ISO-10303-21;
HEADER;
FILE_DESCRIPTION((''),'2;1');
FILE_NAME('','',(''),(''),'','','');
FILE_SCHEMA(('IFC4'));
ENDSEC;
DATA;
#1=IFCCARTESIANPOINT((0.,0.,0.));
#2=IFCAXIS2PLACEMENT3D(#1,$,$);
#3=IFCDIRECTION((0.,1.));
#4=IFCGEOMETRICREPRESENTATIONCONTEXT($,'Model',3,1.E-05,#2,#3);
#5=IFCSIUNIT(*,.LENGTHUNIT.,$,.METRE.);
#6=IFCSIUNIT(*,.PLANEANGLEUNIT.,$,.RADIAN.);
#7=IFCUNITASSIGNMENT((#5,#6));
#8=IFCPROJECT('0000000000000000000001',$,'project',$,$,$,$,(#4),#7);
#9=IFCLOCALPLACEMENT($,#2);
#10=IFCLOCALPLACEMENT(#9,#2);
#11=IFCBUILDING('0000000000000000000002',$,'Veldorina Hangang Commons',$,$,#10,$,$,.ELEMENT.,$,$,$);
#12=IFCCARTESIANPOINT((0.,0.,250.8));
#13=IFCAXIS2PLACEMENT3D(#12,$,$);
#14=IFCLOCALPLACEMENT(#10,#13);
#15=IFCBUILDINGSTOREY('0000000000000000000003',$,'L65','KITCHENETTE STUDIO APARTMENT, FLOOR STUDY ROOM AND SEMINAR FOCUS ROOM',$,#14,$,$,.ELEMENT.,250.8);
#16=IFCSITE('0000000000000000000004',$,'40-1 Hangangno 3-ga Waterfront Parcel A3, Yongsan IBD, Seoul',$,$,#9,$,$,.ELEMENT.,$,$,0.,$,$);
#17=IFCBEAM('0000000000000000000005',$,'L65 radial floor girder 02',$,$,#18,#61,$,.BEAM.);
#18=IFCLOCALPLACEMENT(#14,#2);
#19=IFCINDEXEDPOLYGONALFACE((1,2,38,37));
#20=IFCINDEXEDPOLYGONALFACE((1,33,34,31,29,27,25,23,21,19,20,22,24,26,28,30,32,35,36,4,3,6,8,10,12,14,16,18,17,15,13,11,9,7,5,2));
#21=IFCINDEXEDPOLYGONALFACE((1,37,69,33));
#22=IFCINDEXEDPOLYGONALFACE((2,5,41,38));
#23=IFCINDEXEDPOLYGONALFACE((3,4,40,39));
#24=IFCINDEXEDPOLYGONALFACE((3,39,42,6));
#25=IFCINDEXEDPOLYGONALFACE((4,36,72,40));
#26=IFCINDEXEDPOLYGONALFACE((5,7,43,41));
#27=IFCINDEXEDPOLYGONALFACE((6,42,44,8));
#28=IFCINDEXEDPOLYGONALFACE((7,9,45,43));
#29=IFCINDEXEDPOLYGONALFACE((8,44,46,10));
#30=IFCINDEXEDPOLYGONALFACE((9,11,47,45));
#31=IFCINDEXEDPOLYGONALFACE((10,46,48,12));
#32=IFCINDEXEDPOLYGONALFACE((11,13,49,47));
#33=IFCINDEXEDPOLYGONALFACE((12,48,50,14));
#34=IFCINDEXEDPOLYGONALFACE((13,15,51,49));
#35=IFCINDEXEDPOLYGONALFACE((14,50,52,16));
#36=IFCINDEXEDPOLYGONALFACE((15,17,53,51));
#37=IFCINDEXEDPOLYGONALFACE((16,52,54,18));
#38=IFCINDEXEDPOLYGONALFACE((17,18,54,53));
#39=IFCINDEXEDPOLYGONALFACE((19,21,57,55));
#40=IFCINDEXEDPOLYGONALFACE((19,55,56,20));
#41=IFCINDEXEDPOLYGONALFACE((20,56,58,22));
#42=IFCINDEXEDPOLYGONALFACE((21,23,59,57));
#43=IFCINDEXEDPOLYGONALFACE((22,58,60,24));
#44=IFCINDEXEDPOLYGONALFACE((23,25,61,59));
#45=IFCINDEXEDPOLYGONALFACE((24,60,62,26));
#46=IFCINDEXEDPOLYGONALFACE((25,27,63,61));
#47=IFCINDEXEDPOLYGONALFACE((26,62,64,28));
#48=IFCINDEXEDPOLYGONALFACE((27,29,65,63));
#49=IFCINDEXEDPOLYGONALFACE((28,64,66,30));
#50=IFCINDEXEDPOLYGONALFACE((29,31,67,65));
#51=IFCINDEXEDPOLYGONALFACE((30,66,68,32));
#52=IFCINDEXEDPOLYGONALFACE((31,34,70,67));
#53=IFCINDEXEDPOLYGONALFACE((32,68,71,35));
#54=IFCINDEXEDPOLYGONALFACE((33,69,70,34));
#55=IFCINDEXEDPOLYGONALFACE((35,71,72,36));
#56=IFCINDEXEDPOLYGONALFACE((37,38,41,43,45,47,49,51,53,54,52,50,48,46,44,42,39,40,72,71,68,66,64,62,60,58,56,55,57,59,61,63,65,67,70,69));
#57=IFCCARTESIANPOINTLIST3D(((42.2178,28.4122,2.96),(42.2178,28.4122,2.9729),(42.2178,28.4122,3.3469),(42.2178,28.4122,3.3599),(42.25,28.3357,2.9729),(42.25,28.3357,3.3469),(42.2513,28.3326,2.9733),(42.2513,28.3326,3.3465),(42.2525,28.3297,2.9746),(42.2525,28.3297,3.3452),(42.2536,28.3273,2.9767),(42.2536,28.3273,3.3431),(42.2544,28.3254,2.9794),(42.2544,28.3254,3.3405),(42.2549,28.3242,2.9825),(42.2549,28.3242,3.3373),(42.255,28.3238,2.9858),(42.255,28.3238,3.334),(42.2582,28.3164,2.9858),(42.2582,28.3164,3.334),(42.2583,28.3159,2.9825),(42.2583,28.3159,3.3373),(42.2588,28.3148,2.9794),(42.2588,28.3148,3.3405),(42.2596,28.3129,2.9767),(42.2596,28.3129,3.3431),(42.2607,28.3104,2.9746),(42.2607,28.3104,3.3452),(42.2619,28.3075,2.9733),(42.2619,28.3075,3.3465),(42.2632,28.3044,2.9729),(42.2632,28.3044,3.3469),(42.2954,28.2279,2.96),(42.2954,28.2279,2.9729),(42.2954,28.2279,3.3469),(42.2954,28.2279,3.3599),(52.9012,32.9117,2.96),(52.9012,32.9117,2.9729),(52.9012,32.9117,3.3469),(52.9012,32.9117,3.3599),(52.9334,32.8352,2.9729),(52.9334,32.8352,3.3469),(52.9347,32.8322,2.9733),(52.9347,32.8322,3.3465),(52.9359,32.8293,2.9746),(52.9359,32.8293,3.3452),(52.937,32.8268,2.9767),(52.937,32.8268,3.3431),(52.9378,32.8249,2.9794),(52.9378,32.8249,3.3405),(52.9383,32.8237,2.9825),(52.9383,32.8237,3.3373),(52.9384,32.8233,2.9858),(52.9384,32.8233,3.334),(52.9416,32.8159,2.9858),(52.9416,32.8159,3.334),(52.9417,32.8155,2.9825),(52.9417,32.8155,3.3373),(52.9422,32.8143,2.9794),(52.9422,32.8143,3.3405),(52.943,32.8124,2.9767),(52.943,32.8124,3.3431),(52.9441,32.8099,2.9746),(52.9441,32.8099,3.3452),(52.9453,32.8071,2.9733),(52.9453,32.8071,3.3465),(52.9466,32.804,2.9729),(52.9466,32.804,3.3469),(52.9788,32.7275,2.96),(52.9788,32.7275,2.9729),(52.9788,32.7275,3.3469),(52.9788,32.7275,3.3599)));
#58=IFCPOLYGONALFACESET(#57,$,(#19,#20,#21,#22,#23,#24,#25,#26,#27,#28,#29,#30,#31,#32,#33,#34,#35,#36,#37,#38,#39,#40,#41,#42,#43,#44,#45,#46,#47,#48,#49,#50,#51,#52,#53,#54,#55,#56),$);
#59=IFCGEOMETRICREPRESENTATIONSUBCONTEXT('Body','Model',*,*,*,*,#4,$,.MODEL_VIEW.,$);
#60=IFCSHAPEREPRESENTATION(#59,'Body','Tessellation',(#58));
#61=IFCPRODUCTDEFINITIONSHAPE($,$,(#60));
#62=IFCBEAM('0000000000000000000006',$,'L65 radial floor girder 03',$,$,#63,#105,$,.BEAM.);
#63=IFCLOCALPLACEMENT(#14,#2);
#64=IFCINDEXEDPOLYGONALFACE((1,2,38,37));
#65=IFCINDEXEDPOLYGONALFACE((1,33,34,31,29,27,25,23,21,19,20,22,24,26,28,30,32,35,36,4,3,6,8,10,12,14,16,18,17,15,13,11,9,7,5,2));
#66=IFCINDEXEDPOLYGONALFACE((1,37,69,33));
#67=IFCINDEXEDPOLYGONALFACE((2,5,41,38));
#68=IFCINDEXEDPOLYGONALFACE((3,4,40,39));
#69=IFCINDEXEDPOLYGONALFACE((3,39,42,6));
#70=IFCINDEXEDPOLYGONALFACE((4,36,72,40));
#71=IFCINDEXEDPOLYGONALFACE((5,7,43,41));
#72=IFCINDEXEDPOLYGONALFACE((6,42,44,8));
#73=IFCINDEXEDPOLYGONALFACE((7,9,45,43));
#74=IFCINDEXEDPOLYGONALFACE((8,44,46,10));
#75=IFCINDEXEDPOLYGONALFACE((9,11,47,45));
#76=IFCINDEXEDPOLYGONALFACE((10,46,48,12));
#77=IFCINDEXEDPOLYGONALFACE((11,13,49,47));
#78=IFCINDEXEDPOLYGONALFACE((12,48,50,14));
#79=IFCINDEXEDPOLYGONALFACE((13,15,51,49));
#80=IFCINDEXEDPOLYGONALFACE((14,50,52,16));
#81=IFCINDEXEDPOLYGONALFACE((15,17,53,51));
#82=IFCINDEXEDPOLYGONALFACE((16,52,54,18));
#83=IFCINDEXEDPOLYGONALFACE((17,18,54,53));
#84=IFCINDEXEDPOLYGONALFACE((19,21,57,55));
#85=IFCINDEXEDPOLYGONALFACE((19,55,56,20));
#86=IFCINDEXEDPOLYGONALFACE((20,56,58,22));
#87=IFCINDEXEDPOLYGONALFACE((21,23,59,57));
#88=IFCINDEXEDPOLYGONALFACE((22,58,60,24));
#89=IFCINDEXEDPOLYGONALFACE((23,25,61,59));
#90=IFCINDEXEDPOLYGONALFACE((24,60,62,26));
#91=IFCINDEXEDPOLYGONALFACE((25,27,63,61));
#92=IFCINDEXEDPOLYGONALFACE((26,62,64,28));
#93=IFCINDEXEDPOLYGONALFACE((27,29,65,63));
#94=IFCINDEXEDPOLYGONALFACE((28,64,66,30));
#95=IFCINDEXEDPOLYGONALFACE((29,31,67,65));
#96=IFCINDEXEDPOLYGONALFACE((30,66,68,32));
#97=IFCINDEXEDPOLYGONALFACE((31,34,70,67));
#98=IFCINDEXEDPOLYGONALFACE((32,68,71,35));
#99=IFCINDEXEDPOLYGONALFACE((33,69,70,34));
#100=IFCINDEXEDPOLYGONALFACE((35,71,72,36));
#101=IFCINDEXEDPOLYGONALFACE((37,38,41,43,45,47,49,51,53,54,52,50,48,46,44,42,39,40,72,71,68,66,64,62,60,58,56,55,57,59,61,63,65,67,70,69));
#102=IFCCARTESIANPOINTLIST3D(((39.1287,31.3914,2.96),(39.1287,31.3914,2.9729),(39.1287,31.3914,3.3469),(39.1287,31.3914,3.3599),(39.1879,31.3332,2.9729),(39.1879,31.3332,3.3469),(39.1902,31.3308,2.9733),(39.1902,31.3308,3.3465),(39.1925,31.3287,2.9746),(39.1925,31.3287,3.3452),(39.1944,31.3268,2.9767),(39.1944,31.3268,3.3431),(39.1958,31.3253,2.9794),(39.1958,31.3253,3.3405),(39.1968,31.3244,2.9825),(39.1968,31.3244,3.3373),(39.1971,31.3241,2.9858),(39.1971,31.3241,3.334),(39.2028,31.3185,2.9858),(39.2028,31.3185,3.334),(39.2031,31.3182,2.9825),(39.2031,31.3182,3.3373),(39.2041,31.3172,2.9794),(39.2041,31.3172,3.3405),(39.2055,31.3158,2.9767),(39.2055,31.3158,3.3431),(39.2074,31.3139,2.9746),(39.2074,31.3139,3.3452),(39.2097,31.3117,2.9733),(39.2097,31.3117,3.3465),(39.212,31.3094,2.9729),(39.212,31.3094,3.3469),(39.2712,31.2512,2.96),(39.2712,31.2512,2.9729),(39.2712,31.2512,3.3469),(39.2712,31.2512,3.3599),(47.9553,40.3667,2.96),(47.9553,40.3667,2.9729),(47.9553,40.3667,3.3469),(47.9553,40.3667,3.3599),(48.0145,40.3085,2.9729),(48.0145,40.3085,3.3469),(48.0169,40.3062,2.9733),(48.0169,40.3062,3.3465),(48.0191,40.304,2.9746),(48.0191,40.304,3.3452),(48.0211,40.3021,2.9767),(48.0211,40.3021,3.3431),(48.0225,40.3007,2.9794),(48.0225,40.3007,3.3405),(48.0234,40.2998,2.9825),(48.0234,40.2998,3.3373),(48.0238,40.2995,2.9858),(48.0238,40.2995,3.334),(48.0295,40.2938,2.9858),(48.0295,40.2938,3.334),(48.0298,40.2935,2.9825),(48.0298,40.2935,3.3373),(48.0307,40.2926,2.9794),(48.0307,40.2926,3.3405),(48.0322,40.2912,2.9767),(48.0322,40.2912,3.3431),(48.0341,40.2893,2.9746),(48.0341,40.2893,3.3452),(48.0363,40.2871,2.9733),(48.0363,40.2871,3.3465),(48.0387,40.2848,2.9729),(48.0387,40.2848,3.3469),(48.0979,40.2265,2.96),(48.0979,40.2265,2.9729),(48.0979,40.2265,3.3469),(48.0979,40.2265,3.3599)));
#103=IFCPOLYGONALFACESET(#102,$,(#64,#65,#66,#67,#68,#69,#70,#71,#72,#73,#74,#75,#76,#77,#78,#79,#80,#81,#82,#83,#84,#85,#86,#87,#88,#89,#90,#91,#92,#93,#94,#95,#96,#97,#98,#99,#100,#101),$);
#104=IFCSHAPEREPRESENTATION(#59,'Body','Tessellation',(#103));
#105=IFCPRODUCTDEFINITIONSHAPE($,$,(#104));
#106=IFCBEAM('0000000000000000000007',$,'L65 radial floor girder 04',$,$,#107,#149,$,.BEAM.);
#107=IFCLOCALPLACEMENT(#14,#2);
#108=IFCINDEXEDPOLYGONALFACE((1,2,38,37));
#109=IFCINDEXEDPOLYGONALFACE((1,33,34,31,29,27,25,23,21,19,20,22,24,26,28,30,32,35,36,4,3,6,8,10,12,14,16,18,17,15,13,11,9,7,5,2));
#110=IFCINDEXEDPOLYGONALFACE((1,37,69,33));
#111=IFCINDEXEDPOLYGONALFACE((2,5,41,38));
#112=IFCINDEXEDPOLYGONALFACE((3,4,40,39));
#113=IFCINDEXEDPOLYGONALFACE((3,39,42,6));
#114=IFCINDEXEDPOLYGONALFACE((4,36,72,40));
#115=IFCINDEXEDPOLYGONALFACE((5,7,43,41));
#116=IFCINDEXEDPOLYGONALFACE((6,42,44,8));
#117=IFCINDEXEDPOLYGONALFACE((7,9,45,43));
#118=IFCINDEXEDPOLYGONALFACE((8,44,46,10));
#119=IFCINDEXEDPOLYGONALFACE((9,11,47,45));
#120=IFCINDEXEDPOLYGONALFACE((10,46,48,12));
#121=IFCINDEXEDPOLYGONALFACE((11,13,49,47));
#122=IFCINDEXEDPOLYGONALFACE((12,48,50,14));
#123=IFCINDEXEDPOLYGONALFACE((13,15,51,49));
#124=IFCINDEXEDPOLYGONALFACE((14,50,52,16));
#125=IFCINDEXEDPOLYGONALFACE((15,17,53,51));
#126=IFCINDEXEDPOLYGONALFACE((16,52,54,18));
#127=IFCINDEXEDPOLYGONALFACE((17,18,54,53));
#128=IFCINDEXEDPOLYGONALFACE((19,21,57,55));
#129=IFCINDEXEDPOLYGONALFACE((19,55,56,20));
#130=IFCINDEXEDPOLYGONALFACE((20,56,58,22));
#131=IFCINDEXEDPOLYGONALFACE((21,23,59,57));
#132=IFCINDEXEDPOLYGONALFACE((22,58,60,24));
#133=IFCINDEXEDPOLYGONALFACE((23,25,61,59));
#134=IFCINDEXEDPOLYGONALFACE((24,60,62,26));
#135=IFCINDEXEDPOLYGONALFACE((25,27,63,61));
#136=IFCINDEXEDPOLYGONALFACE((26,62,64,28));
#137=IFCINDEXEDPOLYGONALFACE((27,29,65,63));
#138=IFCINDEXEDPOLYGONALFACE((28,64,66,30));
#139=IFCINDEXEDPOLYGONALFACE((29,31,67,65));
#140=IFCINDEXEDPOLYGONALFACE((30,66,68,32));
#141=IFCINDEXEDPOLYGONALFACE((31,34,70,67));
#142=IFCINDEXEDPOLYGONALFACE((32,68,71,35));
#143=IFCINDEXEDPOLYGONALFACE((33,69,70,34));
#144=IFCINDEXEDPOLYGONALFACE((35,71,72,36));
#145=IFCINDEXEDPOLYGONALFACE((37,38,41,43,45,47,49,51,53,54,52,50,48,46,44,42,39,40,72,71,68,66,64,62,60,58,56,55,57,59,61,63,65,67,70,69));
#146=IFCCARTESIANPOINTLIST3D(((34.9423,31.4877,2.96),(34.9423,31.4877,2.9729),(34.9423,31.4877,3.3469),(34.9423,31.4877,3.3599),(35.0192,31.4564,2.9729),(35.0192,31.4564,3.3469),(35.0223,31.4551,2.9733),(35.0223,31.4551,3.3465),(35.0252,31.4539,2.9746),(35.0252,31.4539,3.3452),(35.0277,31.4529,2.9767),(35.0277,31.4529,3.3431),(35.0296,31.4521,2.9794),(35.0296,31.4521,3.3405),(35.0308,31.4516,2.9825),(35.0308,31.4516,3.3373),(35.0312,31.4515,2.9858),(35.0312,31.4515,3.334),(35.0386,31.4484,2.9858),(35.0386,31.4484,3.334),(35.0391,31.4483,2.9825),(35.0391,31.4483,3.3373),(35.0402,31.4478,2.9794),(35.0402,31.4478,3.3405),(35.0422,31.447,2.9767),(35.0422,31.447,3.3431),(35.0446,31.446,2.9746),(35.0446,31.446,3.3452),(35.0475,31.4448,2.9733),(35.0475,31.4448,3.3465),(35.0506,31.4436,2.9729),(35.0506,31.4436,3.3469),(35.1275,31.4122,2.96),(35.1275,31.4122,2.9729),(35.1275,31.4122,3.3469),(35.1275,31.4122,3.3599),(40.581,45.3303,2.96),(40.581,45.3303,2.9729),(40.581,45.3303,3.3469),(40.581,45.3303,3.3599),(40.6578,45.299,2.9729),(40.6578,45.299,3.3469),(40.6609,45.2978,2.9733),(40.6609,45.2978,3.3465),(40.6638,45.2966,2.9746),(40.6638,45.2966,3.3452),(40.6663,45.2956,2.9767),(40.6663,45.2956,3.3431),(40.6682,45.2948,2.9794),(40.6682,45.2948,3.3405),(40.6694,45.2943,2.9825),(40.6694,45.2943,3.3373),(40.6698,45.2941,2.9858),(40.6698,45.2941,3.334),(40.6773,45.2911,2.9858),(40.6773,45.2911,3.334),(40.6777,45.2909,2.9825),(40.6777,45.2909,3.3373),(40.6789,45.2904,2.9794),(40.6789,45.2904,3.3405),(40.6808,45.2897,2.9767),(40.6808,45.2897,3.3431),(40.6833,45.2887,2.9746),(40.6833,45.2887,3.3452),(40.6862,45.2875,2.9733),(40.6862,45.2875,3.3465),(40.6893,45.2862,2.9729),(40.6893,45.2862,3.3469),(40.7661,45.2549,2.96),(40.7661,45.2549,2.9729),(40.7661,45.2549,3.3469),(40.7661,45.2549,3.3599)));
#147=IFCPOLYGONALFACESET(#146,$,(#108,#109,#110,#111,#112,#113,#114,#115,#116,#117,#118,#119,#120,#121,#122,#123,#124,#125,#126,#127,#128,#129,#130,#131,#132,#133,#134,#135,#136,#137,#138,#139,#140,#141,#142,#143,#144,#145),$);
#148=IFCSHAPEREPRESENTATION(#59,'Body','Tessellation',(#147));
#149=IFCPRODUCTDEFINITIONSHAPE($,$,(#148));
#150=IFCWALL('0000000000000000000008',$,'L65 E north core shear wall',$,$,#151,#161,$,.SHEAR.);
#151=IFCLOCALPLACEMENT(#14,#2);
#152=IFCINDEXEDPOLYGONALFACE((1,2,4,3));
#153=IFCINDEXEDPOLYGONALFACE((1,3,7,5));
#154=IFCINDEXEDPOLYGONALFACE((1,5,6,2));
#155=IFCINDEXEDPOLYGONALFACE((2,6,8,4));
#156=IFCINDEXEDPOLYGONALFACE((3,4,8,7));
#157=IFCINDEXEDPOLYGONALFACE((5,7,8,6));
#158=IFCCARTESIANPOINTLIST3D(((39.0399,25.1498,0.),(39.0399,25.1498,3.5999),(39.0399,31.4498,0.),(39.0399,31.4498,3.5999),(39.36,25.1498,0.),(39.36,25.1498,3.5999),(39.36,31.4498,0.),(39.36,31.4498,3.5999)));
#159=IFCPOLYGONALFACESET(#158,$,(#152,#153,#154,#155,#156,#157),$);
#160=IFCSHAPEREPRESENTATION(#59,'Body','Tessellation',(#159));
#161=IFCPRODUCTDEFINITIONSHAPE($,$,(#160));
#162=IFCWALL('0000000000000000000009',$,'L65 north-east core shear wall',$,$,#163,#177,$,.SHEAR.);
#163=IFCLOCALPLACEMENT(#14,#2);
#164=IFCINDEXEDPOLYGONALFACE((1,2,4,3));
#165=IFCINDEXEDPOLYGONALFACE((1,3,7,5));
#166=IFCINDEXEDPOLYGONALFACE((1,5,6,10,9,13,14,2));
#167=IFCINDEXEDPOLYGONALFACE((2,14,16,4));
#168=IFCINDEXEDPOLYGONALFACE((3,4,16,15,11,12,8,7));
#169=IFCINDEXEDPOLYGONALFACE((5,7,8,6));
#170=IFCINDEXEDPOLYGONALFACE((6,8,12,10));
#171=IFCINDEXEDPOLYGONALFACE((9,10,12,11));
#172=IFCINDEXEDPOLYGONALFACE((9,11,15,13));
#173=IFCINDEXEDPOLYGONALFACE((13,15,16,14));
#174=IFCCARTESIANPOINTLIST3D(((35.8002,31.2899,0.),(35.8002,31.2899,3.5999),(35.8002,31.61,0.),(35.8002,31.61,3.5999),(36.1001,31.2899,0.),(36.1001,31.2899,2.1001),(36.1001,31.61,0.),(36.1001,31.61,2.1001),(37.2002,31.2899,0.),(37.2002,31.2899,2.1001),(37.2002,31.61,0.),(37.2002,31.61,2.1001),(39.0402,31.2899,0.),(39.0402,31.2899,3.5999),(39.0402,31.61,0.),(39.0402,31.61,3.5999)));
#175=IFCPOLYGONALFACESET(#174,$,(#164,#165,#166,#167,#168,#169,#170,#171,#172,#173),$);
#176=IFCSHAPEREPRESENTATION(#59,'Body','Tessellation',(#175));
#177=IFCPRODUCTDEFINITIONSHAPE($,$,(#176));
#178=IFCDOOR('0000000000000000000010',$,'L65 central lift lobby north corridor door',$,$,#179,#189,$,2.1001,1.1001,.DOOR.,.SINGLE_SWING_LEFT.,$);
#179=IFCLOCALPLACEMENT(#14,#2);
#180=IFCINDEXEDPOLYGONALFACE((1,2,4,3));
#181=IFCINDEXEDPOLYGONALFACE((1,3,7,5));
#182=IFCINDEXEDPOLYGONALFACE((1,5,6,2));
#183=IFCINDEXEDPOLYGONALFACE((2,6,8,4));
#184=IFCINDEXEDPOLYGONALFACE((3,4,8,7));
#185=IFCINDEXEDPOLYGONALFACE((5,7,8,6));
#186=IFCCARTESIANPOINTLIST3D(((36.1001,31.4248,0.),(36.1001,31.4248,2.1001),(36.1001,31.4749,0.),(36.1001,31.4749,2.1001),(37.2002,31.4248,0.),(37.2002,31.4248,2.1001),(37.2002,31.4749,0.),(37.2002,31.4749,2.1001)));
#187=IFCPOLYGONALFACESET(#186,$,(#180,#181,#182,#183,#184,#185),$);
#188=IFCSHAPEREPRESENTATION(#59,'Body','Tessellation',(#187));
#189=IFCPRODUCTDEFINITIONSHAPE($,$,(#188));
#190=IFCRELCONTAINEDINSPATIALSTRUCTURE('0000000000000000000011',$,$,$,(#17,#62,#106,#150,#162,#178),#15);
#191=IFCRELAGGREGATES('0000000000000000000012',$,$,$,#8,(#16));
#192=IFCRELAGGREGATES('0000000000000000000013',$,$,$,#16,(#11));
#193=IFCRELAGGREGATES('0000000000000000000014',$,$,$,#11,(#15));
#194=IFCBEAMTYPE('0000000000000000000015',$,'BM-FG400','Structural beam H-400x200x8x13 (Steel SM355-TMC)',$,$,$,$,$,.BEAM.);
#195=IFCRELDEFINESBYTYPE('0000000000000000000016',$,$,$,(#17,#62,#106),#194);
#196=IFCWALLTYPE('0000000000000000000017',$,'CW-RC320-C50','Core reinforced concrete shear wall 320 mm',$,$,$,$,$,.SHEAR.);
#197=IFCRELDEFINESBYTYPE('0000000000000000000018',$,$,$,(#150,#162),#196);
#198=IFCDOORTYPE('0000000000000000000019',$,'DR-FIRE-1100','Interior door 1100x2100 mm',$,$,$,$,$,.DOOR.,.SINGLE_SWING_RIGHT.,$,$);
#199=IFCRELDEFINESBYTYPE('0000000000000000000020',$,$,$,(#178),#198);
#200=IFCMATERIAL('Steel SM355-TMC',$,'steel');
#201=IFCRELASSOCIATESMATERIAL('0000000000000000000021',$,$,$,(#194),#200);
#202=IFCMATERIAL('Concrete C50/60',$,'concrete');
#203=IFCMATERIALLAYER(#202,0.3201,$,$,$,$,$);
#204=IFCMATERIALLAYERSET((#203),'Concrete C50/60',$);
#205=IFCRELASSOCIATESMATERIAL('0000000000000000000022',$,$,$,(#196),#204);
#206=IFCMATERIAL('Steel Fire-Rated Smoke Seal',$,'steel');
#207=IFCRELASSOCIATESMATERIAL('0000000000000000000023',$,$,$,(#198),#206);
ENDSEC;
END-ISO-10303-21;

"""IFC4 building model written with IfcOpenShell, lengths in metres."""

from ifc_helpers import new_model, si_unit, direction, frame, frame_2d, origin, origin_2d, place, context, subcontext, project, spatial, rectangle, i_section, extrude, material, layer, layer_set, material_profile, profile_set, type_object, element, fill, save


model = new_model("IFC4")

# Units and contexts
model_context = context("Model", 3, precision=1e-05, world=origin(), true_north=direction((0.0, 1.0)))
body_context = subcontext(model_context, "Body", "Model", "MODEL_VIEW")
ifc_project = project(units=[si_unit("LENGTHUNIT", "METRE"), si_unit("PLANEANGLEUNIT", "RADIAN")], contexts=[model_context])

# Site, building, storey
site_placement = place(None, origin())
site = spatial("IfcSite", under=ifc_project, at=site_placement, Name="40-1 Hangangno 3-ga Waterfront Parcel A3, Yongsan IBD, Seoul", CompositionType="ELEMENT", RefElevation=0.0)
building_placement = place(site_placement, origin())
building = spatial("IfcBuilding", under=site, at=building_placement, Name="Veldorina Hangang Commons", CompositionType="ELEMENT")
storey_placement = place(building_placement, frame((0.0, 0.0, 250.8)))
storey = spatial("IfcBuildingStorey", under=building, at=storey_placement, Name="L65", Description="KITCHENETTE STUDIO APARTMENT, FLOOR STUDY ROOM AND SEMINAR FOCUS ROOM", CompositionType="ELEMENT", Elevation=250.8)

# Beams
ifc_material_1 = material(Name="Steel SM355-TMC", Category="steel")
ifc_material_profile = material_profile(ifc_material_1, i_section(OverallWidth=0.2, OverallDepth=0.3999, WebThickness=0.0081, FlangeThickness=0.0129, FilletRadius=0.0129, at=origin_2d()), Name="H-400x200x8x13")
ifc_profile_set = profile_set([ifc_material_profile], Name="Steel SM355-TMC")
beam_type = type_object("IfcBeamType", Name="BM-FG400", Description="Structural beam H-400x200x8x13 (Steel SM355-TMC)", PredefinedType="BEAM", material=ifc_profile_set)
beam_1_placement = place(storey_placement, frame((42.2566, 28.3201, 3.1599), z_axis=(0.921597, 0.388149, 0.0), x_axis=(-0.388149, 0.921597, 0.0)))
element("IfcBeam", 1, at=beam_1_placement, inside=storey, type_object=beam_type, Name="L65 radial floor girder 02", PredefinedType="BEAM", context=body_context, shape_type="SweptSolid", body=[
    extrude(i_section(OverallWidth=0.2, OverallDepth=0.3999, WebThickness=0.0081, FlangeThickness=0.0129, FilletRadius=0.0129, at=origin_2d()), origin(), (0.0, 0.0, 1.0), 11.5923),
])
beam_2_placement = place(storey_placement, frame((39.2, 31.3213, 3.1599), z_axis=(0.701177, 0.712988, 0.0), x_axis=(-0.712988, 0.701177, 0.0)))
element("IfcBeam", 2, at=beam_2_placement, inside=storey, type_object=beam_type, Name="L65 radial floor girder 03", PredefinedType="BEAM", context=body_context, shape_type="SweptSolid", body=[
    extrude(i_section(OverallWidth=0.2, OverallDepth=0.3999, WebThickness=0.0081, FlangeThickness=0.0129, FilletRadius=0.0129, at=origin_2d()), origin(), (0.0, 0.0, 1.0), 12.5884),
])
beam_3_placement = place(storey_placement, frame((35.0349, 31.45, 3.1599), z_axis=(0.377241, 0.926115, 0.0), x_axis=(-0.926115, 0.377241, 0.0)))
element("IfcBeam", 3, at=beam_3_placement, inside=storey, type_object=beam_type, Name="L65 radial floor girder 04", PredefinedType="BEAM", context=body_context, shape_type="SweptSolid", body=[
    extrude(i_section(OverallWidth=0.2, OverallDepth=0.3999, WebThickness=0.0081, FlangeThickness=0.0129, FilletRadius=0.0129, at=origin_2d()), origin(), (0.0, 0.0, 1.0), 14.947),
])

# Wall
ifc_material_2 = material(Name="Concrete C50/60", Category="concrete")
ifc_layer_1 = layer(ifc_material_2, 0.3201)
ifc_layer_set_1 = layer_set([ifc_layer_1], Name="Concrete C50/60")
wall_type_1 = type_object("IfcWallType", Name="CW-RC320-C50", Description="Core reinforced concrete shear wall 320 mm", PredefinedType="SHEAR", material=ifc_layer_set_1)
wall_1_placement = place(storey_placement, frame((39.2, 25.1499, 0.0), z_axis=(0.0, 0.0, 1.0), x_axis=(0.0, 1.0, 0.0)))
element("IfcWall", 4, at=wall_1_placement, inside=storey, type_object=wall_type_1, Name="L65 E north core shear wall", PredefinedType="SHEAR", context=body_context, shape_type="SweptSolid", body=[
    extrude(rectangle(XDim=6.3, YDim=0.3201, at=frame_2d((3.1499, 0.0))), origin(), (0.0, 0.0, 1.0), 3.5999),
])

# Wall, opening, door
wall_2_placement = place(storey_placement, frame((35.8, 31.45, 0.0), z_axis=(0.0, 0.0, 1.0), x_axis=(1.0, 0.0, 0.0)))
wall_2 = element("IfcWall", 5, at=wall_2_placement, inside=storey, type_object=wall_type_1, Name="L65 north-east core shear wall", PredefinedType="SHEAR", context=body_context, shape_type="SweptSolid", body=[
    extrude(rectangle(XDim=3.24, YDim=0.3201, at=frame_2d((1.6201, 0.0))), origin(), (0.0, 0.0, 1.0), 3.5999),
])
opening_1_placement = place(wall_2_placement, frame((0.3, 0.0, 0.0)))
opening_1 = element("IfcOpeningElement", 6, at=opening_1_placement, cuts=wall_2, PredefinedType="OPENING", context=body_context, shape_type="SweptSolid", body=[
    extrude(rectangle(XDim=1.1001, YDim=2.1001, at=frame_2d((0.55, 1.05))), frame((0.0, 0.1699, 0.0), z_axis=(0.0, -1.0, 0.0), x_axis=(1.0, 0.0, 0.0)), (0.0, 0.0, 1.0), 0.3401),
])
ifc_material_3 = material(Name="Steel Fire-Rated Smoke Seal", Category="steel")
door_type_1 = type_object("IfcDoorType", Name="DR-FIRE-1100", Description="Interior door 1100x2100 mm", OperationType="SINGLE_SWING_RIGHT", PredefinedType="DOOR", material=ifc_material_3)
door_1_placement = place(opening_1_placement, origin())
door_1 = element("IfcDoor", 7, at=door_1_placement, inside=storey, type_object=door_type_1, Name="L65 central lift lobby north corridor door", OperationType="SINGLE_SWING_LEFT", OverallHeight=2.1001, OverallWidth=1.1001, PredefinedType="DOOR", context=body_context, shape_type="SweptSolid", body=[
    extrude(rectangle(XDim=1.1001, YDim=2.1001, at=frame_2d((0.55, 1.05))), frame((0.0, 0.0249, 0.0), z_axis=(0.0, -1.0, 0.0), x_axis=(1.0, 0.0, 0.0)), (0.0, 0.0, 1.0), 0.05),
])
fill(opening_1, door_1)

save(model, "model.ifc")
